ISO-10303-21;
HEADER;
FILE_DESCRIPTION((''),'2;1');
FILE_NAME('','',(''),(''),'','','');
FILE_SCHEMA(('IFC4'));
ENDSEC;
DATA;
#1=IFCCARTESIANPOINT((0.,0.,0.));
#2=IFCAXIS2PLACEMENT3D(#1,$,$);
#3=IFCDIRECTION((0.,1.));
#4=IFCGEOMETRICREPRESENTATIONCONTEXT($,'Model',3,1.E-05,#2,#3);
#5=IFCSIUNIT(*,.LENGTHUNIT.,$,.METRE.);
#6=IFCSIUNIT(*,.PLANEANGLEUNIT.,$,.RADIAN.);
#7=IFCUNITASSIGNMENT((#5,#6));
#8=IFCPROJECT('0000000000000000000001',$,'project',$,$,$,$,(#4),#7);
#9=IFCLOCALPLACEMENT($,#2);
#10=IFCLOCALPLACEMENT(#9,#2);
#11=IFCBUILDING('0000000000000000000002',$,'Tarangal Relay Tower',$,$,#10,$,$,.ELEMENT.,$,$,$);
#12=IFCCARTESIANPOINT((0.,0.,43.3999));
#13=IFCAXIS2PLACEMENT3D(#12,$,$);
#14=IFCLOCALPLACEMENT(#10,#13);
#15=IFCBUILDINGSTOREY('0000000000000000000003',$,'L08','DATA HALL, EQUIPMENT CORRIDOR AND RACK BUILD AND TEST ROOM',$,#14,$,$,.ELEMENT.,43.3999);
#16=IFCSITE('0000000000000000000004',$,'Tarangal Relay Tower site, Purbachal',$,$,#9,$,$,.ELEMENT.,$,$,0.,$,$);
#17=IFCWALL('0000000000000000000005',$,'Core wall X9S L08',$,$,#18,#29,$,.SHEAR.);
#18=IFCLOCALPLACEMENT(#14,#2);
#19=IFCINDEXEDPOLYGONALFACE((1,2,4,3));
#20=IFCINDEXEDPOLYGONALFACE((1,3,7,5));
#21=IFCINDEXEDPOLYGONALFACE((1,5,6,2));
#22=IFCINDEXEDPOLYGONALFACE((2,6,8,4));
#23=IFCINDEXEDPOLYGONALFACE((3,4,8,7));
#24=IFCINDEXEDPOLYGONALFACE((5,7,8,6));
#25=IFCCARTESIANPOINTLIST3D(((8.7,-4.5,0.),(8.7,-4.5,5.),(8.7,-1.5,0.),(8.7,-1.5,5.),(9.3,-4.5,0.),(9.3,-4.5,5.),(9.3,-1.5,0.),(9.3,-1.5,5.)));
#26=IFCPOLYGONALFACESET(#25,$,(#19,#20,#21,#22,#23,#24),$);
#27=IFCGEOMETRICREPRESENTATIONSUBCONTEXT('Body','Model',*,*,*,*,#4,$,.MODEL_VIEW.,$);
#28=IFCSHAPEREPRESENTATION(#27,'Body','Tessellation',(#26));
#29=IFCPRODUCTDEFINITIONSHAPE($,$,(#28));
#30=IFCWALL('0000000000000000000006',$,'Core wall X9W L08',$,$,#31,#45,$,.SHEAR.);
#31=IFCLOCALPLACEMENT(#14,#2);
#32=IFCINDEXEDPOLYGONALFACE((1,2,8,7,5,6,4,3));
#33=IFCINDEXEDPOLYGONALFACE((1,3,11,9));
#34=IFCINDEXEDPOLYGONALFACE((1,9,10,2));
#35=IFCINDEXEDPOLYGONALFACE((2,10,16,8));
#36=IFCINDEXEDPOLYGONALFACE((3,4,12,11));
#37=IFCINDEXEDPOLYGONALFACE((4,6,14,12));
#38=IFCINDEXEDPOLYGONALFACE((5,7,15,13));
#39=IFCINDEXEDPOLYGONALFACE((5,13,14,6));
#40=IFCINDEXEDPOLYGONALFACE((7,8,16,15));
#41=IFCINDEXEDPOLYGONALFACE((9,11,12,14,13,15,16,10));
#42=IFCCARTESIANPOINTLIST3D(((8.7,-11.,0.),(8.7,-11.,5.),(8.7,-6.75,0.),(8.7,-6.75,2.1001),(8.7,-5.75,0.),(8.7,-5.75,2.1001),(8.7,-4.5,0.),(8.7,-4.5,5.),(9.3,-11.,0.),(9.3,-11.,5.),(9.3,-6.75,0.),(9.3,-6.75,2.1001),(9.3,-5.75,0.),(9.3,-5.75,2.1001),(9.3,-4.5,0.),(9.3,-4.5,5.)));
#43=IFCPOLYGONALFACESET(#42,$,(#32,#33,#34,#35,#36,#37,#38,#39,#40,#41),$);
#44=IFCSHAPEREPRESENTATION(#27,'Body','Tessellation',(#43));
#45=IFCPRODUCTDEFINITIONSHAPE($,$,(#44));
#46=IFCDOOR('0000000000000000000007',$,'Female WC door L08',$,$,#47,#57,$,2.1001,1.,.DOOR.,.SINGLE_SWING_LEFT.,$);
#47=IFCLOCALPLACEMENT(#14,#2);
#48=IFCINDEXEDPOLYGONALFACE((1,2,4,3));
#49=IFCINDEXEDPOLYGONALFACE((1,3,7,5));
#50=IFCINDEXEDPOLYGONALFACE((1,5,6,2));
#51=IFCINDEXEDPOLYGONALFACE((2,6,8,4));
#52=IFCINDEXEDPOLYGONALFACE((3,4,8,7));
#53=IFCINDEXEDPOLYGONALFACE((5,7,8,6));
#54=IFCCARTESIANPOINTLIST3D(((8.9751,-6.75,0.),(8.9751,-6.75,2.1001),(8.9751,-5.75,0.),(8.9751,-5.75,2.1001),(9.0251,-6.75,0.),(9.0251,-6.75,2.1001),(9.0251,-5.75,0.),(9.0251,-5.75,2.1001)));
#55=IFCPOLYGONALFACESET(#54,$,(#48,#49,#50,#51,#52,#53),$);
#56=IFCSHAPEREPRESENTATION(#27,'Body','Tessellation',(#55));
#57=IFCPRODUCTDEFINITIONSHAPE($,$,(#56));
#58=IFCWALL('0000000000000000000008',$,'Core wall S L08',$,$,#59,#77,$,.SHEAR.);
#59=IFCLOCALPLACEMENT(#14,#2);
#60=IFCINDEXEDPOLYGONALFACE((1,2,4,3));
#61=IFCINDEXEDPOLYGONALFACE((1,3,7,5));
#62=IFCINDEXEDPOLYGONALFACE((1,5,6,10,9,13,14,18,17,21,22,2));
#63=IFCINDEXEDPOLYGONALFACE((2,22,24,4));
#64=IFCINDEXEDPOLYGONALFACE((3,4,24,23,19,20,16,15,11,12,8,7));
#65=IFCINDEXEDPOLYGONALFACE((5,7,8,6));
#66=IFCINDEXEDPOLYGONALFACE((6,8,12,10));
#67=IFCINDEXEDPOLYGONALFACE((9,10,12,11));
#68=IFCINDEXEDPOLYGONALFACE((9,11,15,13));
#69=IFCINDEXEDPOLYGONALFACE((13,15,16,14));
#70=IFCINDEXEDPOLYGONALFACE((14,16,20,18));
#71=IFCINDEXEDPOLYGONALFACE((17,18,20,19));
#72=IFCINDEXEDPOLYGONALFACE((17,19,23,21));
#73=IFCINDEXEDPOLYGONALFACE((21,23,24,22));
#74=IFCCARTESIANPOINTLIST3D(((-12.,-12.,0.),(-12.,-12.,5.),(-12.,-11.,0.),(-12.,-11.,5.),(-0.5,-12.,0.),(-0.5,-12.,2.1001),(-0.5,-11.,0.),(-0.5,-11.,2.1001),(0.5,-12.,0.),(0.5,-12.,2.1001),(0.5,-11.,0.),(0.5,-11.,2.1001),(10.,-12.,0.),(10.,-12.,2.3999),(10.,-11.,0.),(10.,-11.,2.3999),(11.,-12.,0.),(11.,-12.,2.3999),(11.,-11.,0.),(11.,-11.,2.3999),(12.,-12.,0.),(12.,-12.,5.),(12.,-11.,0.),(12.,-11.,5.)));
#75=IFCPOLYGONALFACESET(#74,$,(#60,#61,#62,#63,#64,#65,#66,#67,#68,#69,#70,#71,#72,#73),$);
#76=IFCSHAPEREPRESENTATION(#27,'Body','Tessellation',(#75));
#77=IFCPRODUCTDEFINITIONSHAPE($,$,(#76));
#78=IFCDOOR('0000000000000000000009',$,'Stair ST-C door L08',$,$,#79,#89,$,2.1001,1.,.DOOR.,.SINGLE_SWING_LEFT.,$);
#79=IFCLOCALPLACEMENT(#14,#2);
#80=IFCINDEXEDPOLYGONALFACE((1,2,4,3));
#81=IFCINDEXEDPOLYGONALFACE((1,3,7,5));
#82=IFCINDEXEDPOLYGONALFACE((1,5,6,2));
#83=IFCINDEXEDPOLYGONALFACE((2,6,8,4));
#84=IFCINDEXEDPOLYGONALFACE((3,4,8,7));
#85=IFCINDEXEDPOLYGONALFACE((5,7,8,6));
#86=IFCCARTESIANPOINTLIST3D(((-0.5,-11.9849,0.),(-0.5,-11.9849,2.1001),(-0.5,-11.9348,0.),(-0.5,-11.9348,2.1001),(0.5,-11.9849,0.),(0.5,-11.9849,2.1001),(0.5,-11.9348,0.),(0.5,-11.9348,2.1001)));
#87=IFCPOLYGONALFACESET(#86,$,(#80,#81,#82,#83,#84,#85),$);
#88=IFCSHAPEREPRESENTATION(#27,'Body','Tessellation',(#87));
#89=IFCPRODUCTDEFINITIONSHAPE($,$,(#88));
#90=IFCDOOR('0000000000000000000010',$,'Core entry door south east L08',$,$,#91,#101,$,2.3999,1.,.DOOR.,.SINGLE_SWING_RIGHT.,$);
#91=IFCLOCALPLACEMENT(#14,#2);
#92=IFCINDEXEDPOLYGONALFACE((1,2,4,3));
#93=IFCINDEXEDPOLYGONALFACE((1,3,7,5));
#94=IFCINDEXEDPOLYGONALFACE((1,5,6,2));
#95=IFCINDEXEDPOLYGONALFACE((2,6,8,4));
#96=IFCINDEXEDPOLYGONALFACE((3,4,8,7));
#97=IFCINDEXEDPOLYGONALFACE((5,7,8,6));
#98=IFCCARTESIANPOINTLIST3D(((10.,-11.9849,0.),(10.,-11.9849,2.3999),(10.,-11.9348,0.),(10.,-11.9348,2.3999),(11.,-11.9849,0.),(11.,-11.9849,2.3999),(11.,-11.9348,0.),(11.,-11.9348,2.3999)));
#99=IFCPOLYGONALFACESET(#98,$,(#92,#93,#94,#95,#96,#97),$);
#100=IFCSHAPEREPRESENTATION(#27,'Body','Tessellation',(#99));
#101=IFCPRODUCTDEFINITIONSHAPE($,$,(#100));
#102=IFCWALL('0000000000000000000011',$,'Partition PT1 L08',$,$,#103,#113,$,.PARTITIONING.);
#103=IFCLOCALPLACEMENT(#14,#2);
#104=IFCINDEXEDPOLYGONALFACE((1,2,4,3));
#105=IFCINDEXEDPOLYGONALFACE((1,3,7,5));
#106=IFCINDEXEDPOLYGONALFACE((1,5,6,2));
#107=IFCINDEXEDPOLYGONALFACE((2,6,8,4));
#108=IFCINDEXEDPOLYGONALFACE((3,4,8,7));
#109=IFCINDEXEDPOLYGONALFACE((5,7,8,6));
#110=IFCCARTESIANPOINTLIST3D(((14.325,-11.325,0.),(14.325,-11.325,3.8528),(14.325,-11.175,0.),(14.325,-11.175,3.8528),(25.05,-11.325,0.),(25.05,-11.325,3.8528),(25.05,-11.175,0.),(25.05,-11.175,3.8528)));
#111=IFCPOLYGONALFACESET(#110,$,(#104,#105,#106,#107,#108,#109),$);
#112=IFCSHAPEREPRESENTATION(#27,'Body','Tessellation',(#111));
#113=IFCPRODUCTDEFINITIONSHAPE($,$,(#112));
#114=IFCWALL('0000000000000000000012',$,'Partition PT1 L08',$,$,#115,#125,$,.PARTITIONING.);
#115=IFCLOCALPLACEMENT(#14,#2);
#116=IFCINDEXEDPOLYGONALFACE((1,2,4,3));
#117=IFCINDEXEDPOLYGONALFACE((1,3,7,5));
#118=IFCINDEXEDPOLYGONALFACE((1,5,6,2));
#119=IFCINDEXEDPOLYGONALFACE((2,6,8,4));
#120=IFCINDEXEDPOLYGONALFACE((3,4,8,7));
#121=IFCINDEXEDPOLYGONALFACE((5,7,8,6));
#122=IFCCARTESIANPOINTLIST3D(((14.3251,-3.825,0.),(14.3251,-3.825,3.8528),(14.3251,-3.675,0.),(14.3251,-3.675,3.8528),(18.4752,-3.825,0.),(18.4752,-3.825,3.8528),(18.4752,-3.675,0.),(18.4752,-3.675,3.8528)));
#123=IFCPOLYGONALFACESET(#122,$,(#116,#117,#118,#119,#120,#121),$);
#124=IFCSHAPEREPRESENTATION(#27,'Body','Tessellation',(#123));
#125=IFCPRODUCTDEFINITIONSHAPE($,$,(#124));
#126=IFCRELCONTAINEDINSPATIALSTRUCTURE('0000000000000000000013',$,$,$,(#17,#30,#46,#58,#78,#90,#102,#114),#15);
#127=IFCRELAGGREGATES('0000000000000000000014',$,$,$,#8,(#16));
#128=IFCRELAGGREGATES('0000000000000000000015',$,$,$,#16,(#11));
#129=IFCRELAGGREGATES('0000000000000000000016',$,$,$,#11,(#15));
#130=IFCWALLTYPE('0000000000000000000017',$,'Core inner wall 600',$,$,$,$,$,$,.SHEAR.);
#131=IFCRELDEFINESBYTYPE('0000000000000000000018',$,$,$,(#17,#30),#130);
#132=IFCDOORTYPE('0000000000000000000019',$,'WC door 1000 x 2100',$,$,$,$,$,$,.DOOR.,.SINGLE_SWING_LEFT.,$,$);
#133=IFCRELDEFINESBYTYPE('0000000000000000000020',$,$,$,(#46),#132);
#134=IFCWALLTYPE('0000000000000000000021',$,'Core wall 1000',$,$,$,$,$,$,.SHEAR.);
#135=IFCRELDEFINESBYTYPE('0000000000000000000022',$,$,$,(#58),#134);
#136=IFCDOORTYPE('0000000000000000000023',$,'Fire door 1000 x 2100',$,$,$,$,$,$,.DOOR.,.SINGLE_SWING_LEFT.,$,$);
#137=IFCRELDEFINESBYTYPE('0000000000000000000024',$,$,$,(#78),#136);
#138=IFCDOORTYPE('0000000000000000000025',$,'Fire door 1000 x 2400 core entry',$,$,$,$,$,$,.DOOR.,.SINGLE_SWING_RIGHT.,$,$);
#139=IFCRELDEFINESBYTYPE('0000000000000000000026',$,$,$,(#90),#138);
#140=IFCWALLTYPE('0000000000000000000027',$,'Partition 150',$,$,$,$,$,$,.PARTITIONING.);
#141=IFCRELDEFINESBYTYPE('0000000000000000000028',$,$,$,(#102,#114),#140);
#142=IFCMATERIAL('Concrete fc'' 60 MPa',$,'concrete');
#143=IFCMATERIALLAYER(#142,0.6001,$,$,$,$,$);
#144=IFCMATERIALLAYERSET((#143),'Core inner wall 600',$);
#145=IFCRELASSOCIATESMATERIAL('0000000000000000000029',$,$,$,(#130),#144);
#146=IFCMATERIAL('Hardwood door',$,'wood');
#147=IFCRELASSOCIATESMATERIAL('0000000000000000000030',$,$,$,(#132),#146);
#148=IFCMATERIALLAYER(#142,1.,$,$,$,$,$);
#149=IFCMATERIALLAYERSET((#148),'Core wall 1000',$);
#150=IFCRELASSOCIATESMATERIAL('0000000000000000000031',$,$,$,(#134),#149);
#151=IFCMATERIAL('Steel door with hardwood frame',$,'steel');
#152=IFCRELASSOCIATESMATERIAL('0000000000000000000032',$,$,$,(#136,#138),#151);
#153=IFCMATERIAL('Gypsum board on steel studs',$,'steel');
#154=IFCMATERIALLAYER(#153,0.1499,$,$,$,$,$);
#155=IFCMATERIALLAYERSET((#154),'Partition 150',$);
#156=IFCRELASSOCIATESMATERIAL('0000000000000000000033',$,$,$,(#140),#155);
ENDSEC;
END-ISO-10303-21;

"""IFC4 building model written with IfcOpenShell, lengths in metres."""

from ifc_helpers import new_model, si_unit, direction, frame, frame_2d, origin, place, context, subcontext, project, spatial, rectangle, extrude, material, layer, layer_set, type_object, element, fill, save


model = new_model("IFC4")

# Units and contexts
model_context = context("Model", 3, precision=1e-05, world=origin(), true_north=direction((0.0, 1.0)))
body_context = subcontext(model_context, "Body", "Model", "MODEL_VIEW")
ifc_project = project(units=[si_unit("LENGTHUNIT", "METRE"), si_unit("PLANEANGLEUNIT", "RADIAN")], contexts=[model_context])

# Site, building, storey
site_placement = place(None, origin())
site = spatial("IfcSite", under=ifc_project, at=site_placement, Name="Tarangal Relay Tower site, Purbachal", CompositionType="ELEMENT", RefElevation=0.0)
building_placement = place(site_placement, origin())
building = spatial("IfcBuilding", under=site, at=building_placement, Name="Tarangal Relay Tower", CompositionType="ELEMENT")
storey_placement = place(building_placement, frame((0.0, 0.0, 43.3999)))
storey = spatial("IfcBuildingStorey", under=building, at=storey_placement, Name="L08", Description="DATA HALL, EQUIPMENT CORRIDOR AND RACK BUILD AND TEST ROOM", CompositionType="ELEMENT", Elevation=43.3999)

# Wall
ifc_material_1 = material(Name="Concrete fc' 60 MPa", Category="concrete")
ifc_layer_1 = layer(ifc_material_1, 0.6001)
ifc_layer_set_1 = layer_set([ifc_layer_1], Name="Core inner wall 600")
wall_type_1 = type_object("IfcWallType", Name="Core inner wall 600", PredefinedType="SHEAR", material=ifc_layer_set_1)
wall_1_placement = place(storey_placement, frame((9.0, -4.5, 0.0), z_axis=(0.0, 0.0, 1.0), x_axis=(0.0, 1.0, 0.0)))
element("IfcWall", 1, at=wall_1_placement, inside=storey, type_object=wall_type_1, Name="Core wall X9S L08", PredefinedType="SHEAR", context=body_context, shape_type="SweptSolid", body=[
    extrude(rectangle(XDim=3.0, YDim=0.6001, at=frame_2d((1.5, 0.0))), origin(), (0.0, 0.0, 1.0), 5.0),
])

# Wall, opening, door
wall_2_placement = place(storey_placement, frame((9.0, -11.0, 0.0), z_axis=(0.0, 0.0, 1.0), x_axis=(0.0, 1.0, 0.0)))
wall_2 = element("IfcWall", 2, at=wall_2_placement, inside=storey, type_object=wall_type_1, Name="Core wall X9W L08", PredefinedType="SHEAR", context=body_context, shape_type="SweptSolid", body=[
    extrude(rectangle(XDim=6.5, YDim=0.6001, at=frame_2d((3.25, 0.0))), origin(), (0.0, 0.0, 1.0), 5.0),
])
opening_1_placement = place(wall_2_placement, frame((4.25, 0.0, 0.0)))
opening_1 = element("IfcOpeningElement", 3, at=opening_1_placement, cuts=wall_2, PredefinedType="OPENING", context=body_context, shape_type="SweptSolid", body=[
    extrude(rectangle(XDim=1.0, YDim=2.1001, at=frame_2d((0.5, 1.05))), frame((0.0, 0.3101, 0.0), z_axis=(0.0, -1.0, 0.0), x_axis=(1.0, 0.0, 0.0)), (0.0, 0.0, 1.0), 0.6201),
])
ifc_material_2 = material(Name="Hardwood door", Category="wood")
door_type_1 = type_object("IfcDoorType", Name="WC door 1000 x 2100", OperationType="SINGLE_SWING_LEFT", PredefinedType="DOOR", material=ifc_material_2)
door_1_placement = place(opening_1_placement, origin())
door_1 = element("IfcDoor", 4, at=door_1_placement, inside=storey, type_object=door_type_1, Name="Female WC door L08", OperationType="SINGLE_SWING_LEFT", OverallHeight=2.1001, OverallWidth=1.0, PredefinedType="DOOR", context=body_context, shape_type="SweptSolid", body=[
    extrude(rectangle(XDim=1.0, YDim=2.1001, at=frame_2d((0.5, 1.05))), frame((0.0, 0.0249, 0.0), z_axis=(0.0, -1.0, 0.0), x_axis=(1.0, 0.0, 0.0)), (0.0, 0.0, 1.0), 0.05),
])
fill(opening_1, door_1)

# Wall, openings, doors
ifc_layer_2 = layer(ifc_material_1, 1.0)
ifc_layer_set_2 = layer_set([ifc_layer_2], Name="Core wall 1000")
wall_type_2 = type_object("IfcWallType", Name="Core wall 1000", PredefinedType="SHEAR", material=ifc_layer_set_2)
wall_3_placement = place(storey_placement, frame((12.0, -11.5, 0.0), z_axis=(0.0, 0.0, 1.0), x_axis=(-1.0, 0.0, 0.0)))
wall_3 = element("IfcWall", 5, at=wall_3_placement, inside=storey, type_object=wall_type_2, Name="Core wall S L08", PredefinedType="SHEAR", context=body_context, shape_type="SweptSolid", body=[
    extrude(rectangle(XDim=24.0, YDim=1.0, at=frame_2d((12.0, 0.0))), origin(), (0.0, 0.0, 1.0), 5.0),
])
opening_2_placement = place(wall_3_placement, frame((11.5, 0.0, 0.0)))
opening_2 = element("IfcOpeningElement", 6, at=opening_2_placement, cuts=wall_3, PredefinedType="OPENING", context=body_context, shape_type="SweptSolid", body=[
    extrude(rectangle(XDim=1.0, YDim=2.1001, at=frame_2d((0.5, 1.05))), frame((0.0, 0.51, 0.0), z_axis=(0.0, -1.0, 0.0), x_axis=(1.0, 0.0, 0.0)), (0.0, 0.0, 1.0), 1.02),
])
opening_3_placement = place(wall_3_placement, frame((1.0, 0.0, 0.0)))
opening_3 = element("IfcOpeningElement", 7, at=opening_3_placement, cuts=wall_3, PredefinedType="OPENING", context=body_context, shape_type="SweptSolid", body=[
    extrude(rectangle(XDim=1.0, YDim=2.3999, at=frame_2d((0.5, 1.2))), frame((0.0, 0.51, 0.0), z_axis=(0.0, -1.0, 0.0), x_axis=(1.0, 0.0, 0.0)), (0.0, 0.0, 1.0), 1.02),
])
ifc_material_3 = material(Name="Steel door with hardwood frame", Category="steel")
door_type_2 = type_object("IfcDoorType", Name="Fire door 1000 x 2100", OperationType="SINGLE_SWING_LEFT", PredefinedType="DOOR", material=ifc_material_3)
door_2_placement = place(opening_2_placement, origin())
door_2 = element("IfcDoor", 8, at=door_2_placement, inside=storey, type_object=door_type_2, Name="Stair ST-C door L08", OperationType="SINGLE_SWING_LEFT", OverallHeight=2.1001, OverallWidth=1.0, PredefinedType="DOOR", context=body_context, shape_type="SweptSolid", body=[
    extrude(rectangle(XDim=1.0, YDim=2.1001, at=frame_2d((0.5, 1.05))), frame((0.0, 0.4849, 0.0), z_axis=(0.0, -1.0, 0.0), x_axis=(1.0, 0.0, 0.0)), (0.0, 0.0, 1.0), 0.05),
])
fill(opening_2, door_2)
door_type_3 = type_object("IfcDoorType", Name="Fire door 1000 x 2400 core entry", OperationType="SINGLE_SWING_RIGHT", PredefinedType="DOOR", material=ifc_material_3)
door_3_placement = place(opening_3_placement, origin())
door_3 = element("IfcDoor", 9, at=door_3_placement, inside=storey, type_object=door_type_3, Name="Core entry door south east L08", OperationType="SINGLE_SWING_RIGHT", OverallHeight=2.3999, OverallWidth=1.0, PredefinedType="DOOR", context=body_context, shape_type="SweptSolid", body=[
    extrude(rectangle(XDim=1.0, YDim=2.3999, at=frame_2d((0.5, 1.2))), frame((0.0, 0.4849, 0.0), z_axis=(0.0, -1.0, 0.0), x_axis=(1.0, 0.0, 0.0)), (0.0, 0.0, 1.0), 0.05),
])
fill(opening_3, door_3)

# Walls
ifc_material_4 = material(Name="Gypsum board on steel studs", Category="steel")
ifc_layer_3 = layer(ifc_material_4, 0.1499)
ifc_layer_set_3 = layer_set([ifc_layer_3], Name="Partition 150")
wall_type_3 = type_object("IfcWallType", Name="Partition 150", PredefinedType="PARTITIONING", material=ifc_layer_set_3)
wall_4_placement = place(storey_placement, frame((14.325, -11.25, 0.0), z_axis=(0.0, 0.0, 1.0), x_axis=(1.0, 0.0, 0.0)))
element("IfcWall", 10, at=wall_4_placement, inside=storey, type_object=wall_type_3, Name="Partition PT1 L08", PredefinedType="PARTITIONING", context=body_context, shape_type="SweptSolid", body=[
    extrude(rectangle(XDim=10.7251, YDim=0.1499, at=frame_2d((5.3625, 0.0))), origin(), (0.0, 0.0, 1.0), 3.8528),
])
wall_5_placement = place(storey_placement, frame((14.325, -3.75, 0.0), z_axis=(0.0, 0.0, 1.0), x_axis=(1.0, 0.0, 0.0)))
element("IfcWall", 11, at=wall_5_placement, inside=storey, type_object=wall_type_3, Name="Partition PT1 L08", PredefinedType="PARTITIONING", context=body_context, shape_type="SweptSolid", body=[
    extrude(rectangle(XDim=4.1501, YDim=0.1499, at=frame_2d((2.0752, 0.0))), origin(), (0.0, 0.0, 1.0), 3.8528),
])

save(model, "model.ifc")
